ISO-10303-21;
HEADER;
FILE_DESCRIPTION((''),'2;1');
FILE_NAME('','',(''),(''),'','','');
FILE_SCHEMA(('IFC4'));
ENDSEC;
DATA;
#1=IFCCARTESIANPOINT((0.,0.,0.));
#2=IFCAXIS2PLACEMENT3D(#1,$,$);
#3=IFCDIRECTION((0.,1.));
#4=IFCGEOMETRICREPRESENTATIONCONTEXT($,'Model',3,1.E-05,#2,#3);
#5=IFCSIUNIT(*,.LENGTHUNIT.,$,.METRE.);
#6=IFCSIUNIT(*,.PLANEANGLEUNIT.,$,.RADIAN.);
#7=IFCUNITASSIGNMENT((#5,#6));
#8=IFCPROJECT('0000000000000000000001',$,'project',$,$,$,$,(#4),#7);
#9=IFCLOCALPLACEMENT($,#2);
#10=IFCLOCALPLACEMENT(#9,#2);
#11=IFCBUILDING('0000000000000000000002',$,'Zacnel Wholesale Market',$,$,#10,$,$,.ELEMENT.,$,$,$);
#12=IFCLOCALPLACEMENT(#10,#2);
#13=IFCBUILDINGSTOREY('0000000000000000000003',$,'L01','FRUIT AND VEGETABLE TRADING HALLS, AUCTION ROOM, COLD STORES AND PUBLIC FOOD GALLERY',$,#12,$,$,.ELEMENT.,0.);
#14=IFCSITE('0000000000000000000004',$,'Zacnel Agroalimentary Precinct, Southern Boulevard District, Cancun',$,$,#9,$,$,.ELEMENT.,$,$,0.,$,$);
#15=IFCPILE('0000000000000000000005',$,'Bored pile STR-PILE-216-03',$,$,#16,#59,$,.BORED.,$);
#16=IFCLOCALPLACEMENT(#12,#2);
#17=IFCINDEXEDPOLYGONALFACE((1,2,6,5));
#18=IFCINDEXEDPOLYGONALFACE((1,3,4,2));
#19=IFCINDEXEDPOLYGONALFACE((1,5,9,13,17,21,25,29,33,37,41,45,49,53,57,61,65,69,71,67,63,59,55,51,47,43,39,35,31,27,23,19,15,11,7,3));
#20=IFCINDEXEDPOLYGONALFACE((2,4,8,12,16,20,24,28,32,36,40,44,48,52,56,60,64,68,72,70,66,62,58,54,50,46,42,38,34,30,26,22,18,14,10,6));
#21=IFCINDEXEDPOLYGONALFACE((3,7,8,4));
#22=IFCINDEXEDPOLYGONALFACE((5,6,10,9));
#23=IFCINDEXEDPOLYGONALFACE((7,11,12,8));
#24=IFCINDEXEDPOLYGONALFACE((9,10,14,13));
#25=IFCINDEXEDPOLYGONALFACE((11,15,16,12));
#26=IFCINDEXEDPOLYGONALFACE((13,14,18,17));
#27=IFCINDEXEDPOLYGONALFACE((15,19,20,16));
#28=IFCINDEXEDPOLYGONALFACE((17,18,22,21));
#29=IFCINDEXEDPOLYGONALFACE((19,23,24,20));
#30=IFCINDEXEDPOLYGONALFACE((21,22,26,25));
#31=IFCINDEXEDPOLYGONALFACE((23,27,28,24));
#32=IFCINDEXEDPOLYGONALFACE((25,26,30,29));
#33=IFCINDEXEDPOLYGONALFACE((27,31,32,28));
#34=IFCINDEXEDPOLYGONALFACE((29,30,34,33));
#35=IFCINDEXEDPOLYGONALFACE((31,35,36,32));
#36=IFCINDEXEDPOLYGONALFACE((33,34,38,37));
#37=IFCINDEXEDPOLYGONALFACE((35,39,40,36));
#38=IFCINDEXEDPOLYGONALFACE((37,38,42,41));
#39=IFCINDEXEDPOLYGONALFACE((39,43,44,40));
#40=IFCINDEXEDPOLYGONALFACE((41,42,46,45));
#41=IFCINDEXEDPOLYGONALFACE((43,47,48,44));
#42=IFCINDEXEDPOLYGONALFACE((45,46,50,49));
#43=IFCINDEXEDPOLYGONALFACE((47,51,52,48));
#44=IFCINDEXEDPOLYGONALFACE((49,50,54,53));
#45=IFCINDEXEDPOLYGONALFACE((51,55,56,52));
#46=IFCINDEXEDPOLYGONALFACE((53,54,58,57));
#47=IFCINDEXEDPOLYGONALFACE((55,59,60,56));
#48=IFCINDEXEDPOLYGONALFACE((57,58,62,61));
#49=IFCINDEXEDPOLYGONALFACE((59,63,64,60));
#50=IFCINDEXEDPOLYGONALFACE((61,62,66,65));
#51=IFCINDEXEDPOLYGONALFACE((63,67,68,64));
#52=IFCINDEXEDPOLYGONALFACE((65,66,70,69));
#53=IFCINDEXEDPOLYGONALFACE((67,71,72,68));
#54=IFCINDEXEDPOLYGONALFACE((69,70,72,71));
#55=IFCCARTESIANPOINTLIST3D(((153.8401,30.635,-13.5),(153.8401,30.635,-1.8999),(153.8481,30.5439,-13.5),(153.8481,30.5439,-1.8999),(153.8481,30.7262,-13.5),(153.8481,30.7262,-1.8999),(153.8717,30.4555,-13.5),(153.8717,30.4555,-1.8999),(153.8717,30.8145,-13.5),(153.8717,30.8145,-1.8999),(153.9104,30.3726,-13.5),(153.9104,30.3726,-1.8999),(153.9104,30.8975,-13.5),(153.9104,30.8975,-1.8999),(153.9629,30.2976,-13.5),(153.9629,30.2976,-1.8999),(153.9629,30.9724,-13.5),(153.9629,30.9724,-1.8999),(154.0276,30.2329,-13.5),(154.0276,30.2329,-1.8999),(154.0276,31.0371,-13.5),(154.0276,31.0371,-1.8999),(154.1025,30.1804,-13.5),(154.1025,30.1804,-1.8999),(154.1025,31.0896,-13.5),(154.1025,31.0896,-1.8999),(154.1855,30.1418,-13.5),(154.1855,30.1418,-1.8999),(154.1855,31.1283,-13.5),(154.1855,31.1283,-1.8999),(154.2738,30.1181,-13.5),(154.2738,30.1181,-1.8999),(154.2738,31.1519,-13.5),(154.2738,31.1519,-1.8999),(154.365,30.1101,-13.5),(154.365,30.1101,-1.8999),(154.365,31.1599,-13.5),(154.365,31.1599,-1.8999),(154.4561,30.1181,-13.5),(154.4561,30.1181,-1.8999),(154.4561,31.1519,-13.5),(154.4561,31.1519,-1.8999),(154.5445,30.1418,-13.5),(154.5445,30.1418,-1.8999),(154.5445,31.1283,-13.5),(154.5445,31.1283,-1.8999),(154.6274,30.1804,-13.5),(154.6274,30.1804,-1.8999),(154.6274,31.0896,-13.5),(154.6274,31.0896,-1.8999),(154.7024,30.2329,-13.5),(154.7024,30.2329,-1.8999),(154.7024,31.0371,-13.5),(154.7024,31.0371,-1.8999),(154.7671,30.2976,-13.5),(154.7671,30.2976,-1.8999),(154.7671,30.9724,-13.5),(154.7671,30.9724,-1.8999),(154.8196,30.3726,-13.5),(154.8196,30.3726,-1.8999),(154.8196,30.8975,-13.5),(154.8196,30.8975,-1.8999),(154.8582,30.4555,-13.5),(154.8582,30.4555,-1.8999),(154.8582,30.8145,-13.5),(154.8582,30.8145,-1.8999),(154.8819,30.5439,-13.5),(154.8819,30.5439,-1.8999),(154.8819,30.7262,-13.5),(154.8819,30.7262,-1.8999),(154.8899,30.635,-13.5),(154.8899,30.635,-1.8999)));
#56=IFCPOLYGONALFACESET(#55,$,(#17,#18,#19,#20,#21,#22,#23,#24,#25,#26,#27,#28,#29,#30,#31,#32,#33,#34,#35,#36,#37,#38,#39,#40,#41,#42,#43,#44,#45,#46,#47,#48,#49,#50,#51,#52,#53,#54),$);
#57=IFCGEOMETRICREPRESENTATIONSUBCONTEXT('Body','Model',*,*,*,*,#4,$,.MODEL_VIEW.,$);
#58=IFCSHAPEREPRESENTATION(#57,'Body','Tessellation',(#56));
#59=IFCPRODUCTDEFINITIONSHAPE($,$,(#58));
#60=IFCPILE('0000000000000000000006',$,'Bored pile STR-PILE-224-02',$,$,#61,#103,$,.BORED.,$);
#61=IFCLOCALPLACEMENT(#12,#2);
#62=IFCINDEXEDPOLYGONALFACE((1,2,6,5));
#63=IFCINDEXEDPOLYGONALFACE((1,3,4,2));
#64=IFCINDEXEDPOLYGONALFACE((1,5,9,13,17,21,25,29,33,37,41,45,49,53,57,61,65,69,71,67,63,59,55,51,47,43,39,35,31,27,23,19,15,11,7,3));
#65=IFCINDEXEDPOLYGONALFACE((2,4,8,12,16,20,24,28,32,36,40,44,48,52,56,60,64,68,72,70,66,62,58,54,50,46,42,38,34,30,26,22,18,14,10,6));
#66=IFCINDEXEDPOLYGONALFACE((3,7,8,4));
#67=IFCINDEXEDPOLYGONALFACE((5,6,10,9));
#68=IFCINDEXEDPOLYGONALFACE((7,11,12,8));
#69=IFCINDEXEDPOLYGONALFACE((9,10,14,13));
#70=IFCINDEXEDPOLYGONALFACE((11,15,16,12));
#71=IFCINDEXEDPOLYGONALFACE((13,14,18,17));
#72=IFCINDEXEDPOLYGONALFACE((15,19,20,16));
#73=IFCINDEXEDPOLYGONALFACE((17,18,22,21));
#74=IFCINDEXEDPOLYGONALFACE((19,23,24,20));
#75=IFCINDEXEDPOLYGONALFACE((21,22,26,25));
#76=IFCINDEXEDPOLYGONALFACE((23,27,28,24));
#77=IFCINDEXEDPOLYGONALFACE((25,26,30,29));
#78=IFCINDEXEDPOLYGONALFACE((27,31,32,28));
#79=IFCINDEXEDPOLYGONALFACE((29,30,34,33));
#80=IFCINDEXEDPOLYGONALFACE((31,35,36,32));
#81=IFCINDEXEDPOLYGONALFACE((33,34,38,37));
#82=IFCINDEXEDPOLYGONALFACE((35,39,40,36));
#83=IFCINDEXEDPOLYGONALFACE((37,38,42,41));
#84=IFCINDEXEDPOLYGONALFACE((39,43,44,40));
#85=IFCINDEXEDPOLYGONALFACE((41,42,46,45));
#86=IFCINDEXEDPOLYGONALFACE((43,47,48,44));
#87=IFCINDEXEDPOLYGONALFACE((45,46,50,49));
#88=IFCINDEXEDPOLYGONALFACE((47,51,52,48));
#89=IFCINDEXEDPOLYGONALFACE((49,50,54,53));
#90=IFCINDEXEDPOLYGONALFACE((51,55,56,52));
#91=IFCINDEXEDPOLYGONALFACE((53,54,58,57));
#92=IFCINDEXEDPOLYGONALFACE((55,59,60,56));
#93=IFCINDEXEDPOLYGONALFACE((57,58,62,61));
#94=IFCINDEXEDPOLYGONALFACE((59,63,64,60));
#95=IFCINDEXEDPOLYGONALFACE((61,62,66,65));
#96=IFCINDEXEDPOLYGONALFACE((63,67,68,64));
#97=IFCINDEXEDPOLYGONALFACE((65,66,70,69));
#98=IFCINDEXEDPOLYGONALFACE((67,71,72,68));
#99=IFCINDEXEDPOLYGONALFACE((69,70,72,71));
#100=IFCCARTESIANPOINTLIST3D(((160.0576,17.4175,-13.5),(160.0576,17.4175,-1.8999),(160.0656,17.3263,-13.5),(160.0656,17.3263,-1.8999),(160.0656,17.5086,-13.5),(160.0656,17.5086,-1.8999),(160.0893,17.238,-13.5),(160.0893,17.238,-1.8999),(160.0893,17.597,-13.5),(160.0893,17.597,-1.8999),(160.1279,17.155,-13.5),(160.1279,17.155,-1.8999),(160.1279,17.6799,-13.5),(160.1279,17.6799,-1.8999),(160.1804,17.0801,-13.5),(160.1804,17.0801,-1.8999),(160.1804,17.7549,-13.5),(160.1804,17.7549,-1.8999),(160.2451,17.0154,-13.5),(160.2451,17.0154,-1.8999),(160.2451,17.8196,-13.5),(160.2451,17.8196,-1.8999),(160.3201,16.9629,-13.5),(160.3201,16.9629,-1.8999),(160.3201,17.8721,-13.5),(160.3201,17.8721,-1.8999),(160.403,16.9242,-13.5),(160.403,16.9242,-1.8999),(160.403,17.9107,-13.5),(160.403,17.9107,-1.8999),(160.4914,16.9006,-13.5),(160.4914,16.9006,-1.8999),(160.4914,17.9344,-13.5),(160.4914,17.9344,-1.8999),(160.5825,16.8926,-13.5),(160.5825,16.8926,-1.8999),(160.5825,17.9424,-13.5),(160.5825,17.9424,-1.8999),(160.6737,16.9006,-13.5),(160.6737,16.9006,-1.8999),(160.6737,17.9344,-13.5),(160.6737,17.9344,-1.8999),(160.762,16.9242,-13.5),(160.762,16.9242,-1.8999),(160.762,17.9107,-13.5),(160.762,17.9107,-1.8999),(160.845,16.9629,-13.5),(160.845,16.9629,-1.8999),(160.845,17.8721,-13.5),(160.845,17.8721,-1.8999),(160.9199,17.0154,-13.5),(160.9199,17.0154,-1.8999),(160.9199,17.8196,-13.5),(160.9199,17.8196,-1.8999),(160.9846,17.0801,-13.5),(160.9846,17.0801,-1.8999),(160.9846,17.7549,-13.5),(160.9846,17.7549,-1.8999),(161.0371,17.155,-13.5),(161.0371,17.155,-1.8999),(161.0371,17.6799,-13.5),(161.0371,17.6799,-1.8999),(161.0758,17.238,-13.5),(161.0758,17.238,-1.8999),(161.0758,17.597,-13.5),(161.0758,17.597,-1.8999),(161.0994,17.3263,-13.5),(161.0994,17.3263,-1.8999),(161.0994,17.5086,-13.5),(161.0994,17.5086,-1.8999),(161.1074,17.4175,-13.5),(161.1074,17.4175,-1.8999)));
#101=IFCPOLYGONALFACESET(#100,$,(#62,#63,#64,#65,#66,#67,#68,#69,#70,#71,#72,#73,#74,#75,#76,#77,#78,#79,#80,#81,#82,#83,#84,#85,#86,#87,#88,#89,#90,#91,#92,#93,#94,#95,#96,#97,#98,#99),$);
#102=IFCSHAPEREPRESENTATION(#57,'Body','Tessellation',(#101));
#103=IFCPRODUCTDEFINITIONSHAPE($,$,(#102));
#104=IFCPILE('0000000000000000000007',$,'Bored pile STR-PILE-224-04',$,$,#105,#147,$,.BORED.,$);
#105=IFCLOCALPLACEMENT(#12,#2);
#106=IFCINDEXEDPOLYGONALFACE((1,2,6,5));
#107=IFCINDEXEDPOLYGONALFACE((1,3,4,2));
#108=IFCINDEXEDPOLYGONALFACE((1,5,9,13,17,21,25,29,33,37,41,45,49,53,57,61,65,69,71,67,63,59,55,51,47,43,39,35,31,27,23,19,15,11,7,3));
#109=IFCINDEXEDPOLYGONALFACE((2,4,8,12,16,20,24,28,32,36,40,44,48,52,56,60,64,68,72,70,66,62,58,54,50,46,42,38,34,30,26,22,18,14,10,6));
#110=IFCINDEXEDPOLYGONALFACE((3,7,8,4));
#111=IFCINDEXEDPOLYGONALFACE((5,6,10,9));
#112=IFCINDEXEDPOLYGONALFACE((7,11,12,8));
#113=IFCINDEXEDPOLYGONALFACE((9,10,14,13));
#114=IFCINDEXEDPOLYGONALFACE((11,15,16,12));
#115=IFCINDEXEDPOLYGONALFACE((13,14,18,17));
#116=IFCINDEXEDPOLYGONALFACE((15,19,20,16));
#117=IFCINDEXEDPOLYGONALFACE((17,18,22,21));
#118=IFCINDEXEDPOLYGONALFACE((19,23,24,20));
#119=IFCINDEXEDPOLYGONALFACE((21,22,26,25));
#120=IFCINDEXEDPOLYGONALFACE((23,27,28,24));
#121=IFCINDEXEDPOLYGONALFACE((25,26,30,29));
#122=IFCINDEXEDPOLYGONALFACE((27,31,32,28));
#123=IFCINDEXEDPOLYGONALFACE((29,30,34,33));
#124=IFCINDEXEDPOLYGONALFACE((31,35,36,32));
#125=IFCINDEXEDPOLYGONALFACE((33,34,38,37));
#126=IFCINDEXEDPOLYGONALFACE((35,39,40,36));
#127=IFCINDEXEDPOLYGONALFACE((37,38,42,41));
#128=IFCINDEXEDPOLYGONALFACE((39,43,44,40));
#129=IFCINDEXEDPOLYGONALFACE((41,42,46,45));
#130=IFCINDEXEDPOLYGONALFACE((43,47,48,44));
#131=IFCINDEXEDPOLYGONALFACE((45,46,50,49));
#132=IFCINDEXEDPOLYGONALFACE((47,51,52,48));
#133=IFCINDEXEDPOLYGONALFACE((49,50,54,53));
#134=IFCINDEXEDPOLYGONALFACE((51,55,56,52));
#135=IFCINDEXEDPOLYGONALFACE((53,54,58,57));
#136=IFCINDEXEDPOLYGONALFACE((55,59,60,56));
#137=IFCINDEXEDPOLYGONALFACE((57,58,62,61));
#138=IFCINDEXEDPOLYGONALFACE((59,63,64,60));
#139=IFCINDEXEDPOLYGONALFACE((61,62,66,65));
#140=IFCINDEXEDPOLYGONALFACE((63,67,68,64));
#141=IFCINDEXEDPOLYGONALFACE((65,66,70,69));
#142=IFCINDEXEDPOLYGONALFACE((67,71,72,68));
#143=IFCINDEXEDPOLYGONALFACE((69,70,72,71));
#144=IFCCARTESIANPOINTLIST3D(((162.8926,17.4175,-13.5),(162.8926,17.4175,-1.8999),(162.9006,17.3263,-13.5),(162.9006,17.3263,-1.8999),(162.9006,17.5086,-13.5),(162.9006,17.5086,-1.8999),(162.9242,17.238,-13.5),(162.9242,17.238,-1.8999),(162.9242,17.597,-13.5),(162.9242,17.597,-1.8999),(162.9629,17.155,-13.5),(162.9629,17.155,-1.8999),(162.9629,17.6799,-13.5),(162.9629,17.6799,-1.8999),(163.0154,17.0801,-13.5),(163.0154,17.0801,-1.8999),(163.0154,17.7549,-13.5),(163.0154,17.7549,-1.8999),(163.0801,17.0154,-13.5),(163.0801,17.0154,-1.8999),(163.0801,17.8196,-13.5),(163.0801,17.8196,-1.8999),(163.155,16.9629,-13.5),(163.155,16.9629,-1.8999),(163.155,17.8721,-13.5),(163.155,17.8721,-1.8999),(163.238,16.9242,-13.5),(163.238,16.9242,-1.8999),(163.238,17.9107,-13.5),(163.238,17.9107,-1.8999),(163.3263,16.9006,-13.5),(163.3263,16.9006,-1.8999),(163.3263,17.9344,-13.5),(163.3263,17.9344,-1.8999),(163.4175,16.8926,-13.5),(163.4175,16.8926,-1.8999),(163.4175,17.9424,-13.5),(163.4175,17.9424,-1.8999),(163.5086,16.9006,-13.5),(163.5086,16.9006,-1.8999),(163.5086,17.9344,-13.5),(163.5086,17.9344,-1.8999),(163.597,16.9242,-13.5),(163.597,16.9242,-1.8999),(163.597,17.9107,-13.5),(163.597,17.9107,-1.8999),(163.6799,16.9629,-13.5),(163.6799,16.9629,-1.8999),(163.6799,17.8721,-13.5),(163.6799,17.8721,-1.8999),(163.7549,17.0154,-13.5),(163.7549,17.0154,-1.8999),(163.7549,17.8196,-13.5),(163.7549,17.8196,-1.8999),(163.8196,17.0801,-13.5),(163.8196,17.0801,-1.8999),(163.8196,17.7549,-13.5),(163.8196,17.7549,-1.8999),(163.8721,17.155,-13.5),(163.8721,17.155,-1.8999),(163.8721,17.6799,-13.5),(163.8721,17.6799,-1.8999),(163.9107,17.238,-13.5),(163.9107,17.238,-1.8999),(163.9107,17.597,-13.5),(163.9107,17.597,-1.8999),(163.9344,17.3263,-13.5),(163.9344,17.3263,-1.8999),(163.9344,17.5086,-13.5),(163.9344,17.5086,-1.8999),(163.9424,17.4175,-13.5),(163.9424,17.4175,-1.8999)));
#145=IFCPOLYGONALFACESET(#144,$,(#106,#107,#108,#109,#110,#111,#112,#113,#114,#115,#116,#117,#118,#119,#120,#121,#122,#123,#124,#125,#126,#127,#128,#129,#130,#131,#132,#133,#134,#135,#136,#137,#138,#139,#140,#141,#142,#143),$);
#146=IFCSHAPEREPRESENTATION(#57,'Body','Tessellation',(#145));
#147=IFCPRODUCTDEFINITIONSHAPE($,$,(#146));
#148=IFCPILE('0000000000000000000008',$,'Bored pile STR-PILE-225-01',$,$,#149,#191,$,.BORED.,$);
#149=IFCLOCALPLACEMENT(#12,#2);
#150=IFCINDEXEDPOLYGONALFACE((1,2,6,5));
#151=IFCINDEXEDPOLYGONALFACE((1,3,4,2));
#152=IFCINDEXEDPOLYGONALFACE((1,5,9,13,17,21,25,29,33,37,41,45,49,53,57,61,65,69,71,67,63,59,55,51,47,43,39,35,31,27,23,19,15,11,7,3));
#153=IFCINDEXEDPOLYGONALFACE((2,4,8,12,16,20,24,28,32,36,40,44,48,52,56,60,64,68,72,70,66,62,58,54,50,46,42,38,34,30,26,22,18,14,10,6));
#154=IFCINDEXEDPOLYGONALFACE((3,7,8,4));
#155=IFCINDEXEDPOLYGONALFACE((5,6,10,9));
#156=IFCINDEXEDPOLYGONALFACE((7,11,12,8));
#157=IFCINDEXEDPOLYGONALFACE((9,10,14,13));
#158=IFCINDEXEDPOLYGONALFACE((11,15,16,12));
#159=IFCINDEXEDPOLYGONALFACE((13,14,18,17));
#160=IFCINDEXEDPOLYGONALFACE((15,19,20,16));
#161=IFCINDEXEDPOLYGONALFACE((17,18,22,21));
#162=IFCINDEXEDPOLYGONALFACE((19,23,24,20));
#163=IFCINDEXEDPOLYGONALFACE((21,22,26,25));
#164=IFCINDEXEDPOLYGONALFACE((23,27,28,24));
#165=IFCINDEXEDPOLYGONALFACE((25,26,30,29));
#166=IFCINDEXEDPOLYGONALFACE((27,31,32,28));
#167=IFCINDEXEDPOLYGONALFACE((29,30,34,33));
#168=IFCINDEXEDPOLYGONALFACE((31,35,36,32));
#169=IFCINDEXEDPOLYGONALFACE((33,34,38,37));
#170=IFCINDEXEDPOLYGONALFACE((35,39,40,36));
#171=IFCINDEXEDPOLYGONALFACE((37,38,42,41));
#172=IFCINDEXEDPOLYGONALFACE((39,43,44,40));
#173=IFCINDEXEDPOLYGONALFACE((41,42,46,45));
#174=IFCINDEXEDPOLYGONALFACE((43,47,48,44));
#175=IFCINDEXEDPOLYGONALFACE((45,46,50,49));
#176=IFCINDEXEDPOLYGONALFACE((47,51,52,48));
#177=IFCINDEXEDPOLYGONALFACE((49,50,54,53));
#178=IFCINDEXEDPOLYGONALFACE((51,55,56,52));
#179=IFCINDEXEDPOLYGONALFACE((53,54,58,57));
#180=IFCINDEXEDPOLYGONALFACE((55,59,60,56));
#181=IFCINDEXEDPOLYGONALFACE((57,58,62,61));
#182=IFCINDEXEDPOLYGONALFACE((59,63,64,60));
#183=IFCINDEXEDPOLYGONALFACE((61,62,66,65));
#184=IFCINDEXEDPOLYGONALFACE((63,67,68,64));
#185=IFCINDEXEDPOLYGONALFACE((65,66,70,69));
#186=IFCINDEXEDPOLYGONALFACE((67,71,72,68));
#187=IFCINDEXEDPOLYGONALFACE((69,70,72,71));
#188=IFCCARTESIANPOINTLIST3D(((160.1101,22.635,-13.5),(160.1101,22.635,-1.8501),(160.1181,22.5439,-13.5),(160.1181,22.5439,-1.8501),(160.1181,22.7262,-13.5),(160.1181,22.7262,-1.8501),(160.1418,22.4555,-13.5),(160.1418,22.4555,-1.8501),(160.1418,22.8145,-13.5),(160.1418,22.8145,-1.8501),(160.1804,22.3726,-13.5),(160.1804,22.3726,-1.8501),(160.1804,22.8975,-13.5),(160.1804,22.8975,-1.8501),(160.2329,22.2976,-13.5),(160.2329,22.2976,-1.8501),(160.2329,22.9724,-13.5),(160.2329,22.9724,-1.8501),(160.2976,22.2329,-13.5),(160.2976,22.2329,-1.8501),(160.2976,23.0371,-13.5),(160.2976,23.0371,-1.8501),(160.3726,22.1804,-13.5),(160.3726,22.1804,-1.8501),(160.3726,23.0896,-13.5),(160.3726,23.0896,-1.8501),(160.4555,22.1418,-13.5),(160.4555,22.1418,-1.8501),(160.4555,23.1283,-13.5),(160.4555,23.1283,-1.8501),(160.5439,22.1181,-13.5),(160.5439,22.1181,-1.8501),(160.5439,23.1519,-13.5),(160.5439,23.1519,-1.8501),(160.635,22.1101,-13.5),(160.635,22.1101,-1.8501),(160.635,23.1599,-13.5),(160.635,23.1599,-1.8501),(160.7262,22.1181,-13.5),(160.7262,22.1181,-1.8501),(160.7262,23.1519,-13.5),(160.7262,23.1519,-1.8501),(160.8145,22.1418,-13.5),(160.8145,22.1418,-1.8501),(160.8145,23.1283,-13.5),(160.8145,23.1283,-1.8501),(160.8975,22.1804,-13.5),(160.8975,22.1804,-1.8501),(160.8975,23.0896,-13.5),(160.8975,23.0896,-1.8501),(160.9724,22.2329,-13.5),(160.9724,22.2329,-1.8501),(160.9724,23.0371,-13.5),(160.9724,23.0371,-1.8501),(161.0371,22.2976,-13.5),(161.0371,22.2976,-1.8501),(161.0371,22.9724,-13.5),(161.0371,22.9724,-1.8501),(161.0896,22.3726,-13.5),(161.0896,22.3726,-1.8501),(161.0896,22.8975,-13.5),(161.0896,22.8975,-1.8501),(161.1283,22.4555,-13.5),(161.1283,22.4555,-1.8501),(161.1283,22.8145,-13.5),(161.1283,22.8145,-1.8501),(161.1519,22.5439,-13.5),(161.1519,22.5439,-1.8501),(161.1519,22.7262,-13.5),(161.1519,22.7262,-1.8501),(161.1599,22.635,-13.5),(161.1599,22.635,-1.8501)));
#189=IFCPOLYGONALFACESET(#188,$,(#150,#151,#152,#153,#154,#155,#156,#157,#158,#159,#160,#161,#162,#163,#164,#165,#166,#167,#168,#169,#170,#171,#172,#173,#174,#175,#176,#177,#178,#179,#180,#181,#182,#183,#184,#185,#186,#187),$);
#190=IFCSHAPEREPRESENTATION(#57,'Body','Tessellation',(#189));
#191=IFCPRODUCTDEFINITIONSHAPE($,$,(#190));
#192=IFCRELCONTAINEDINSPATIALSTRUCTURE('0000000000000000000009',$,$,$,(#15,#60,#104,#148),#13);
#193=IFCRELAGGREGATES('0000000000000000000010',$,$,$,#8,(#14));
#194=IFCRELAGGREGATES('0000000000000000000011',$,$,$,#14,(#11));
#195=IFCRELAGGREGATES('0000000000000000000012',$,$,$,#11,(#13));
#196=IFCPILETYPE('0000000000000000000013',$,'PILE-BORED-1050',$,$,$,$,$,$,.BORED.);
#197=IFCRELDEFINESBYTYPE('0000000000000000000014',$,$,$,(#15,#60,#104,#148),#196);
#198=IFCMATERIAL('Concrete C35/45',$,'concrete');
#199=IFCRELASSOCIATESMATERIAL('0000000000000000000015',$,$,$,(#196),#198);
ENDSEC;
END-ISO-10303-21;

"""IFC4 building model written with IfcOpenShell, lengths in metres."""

from ifc_helpers import new_model, si_unit, direction, frame, origin, origin_2d, place, context, subcontext, project, spatial, circle, extrude, material, material_profile, profile_set, type_object, element, save


model = new_model("IFC4")

# Units and contexts
model_context = context("Model", 3, precision=1e-05, world=origin(), true_north=direction((0.0, 1.0)))
body_context = subcontext(model_context, "Body", "Model", "MODEL_VIEW")
ifc_project = project(units=[si_unit("LENGTHUNIT", "METRE"), si_unit("PLANEANGLEUNIT", "RADIAN")], contexts=[model_context])

# Site, building, storey
site_placement = place(None, origin())
site = spatial("IfcSite", under=ifc_project, at=site_placement, Name="Zacnel Agroalimentary Precinct, Southern Boulevard District, Cancun", CompositionType="ELEMENT", RefElevation=0.0)
building_placement = place(site_placement, origin())
building = spatial("IfcBuilding", under=site, at=building_placement, Name="Zacnel Wholesale Market", CompositionType="ELEMENT")
storey_placement = place(building_placement, origin())
storey = spatial("IfcBuildingStorey", under=building, at=storey_placement, Name="L01", Description="FRUIT AND VEGETABLE TRADING HALLS, AUCTION ROOM, COLD STORES AND PUBLIC FOOD GALLERY", CompositionType="ELEMENT", Elevation=0.0)

# Piles
ifc_material_1 = material(Name="Concrete C35/45", Category="concrete")
ifc_material_profile_1 = material_profile(ifc_material_1, circle(Radius=0.5249, at=origin_2d()), Name="BORED PILE D1050")
ifc_profile_set_1 = profile_set([ifc_material_profile_1], Name="Concrete C35/45")
pile_type = type_object("IfcPileType", Name="PILE-BORED-1050", PredefinedType="BORED", material=ifc_profile_set_1)
for number, where, z_axis, x_axis, name in (
    (1, (154.365, 30.635, -1.8999), (0.0, 0.0, -1.0), (1.0, 0.0, 0.0), "Bored pile STR-PILE-216-03"),
    (2, (160.5825, 17.4175, -1.8999), (0.0, 0.0, -1.0), (1.0, 0.0, 0.0), "Bored pile STR-PILE-224-02"),
    (3, (163.4175, 17.4175, -1.8999), (0.0, 0.0, -1.0), (1.0, 0.0, 0.0), "Bored pile STR-PILE-224-04"),
):
    element("IfcPile", number, at=place(storey_placement, frame(where, z_axis=z_axis, x_axis=x_axis)), inside=storey, type_object=pile_type, Name=name, PredefinedType="BORED", context=body_context, shape_type="SweptSolid", body=[
        extrude(circle(Radius=0.5249, at=origin_2d()), origin(), (0.0, 0.0, 1.0), 11.6001),
    ])
for number, where, z_axis, x_axis, name in (
    (4, (160.635, 22.635, -1.8501), (0.0, 0.0, -1.0), (1.0, 0.0, 0.0), "Bored pile STR-PILE-225-01"),
):
    element("IfcPile", number, at=place(storey_placement, frame(where, z_axis=z_axis, x_axis=x_axis)), inside=storey, type_object=pile_type, Name=name, PredefinedType="BORED", context=body_context, shape_type="SweptSolid", body=[
        extrude(circle(Radius=0.5249, at=origin_2d()), origin(), (0.0, 0.0, 1.0), 11.6499),
    ])

save(model, "model.ifc")
